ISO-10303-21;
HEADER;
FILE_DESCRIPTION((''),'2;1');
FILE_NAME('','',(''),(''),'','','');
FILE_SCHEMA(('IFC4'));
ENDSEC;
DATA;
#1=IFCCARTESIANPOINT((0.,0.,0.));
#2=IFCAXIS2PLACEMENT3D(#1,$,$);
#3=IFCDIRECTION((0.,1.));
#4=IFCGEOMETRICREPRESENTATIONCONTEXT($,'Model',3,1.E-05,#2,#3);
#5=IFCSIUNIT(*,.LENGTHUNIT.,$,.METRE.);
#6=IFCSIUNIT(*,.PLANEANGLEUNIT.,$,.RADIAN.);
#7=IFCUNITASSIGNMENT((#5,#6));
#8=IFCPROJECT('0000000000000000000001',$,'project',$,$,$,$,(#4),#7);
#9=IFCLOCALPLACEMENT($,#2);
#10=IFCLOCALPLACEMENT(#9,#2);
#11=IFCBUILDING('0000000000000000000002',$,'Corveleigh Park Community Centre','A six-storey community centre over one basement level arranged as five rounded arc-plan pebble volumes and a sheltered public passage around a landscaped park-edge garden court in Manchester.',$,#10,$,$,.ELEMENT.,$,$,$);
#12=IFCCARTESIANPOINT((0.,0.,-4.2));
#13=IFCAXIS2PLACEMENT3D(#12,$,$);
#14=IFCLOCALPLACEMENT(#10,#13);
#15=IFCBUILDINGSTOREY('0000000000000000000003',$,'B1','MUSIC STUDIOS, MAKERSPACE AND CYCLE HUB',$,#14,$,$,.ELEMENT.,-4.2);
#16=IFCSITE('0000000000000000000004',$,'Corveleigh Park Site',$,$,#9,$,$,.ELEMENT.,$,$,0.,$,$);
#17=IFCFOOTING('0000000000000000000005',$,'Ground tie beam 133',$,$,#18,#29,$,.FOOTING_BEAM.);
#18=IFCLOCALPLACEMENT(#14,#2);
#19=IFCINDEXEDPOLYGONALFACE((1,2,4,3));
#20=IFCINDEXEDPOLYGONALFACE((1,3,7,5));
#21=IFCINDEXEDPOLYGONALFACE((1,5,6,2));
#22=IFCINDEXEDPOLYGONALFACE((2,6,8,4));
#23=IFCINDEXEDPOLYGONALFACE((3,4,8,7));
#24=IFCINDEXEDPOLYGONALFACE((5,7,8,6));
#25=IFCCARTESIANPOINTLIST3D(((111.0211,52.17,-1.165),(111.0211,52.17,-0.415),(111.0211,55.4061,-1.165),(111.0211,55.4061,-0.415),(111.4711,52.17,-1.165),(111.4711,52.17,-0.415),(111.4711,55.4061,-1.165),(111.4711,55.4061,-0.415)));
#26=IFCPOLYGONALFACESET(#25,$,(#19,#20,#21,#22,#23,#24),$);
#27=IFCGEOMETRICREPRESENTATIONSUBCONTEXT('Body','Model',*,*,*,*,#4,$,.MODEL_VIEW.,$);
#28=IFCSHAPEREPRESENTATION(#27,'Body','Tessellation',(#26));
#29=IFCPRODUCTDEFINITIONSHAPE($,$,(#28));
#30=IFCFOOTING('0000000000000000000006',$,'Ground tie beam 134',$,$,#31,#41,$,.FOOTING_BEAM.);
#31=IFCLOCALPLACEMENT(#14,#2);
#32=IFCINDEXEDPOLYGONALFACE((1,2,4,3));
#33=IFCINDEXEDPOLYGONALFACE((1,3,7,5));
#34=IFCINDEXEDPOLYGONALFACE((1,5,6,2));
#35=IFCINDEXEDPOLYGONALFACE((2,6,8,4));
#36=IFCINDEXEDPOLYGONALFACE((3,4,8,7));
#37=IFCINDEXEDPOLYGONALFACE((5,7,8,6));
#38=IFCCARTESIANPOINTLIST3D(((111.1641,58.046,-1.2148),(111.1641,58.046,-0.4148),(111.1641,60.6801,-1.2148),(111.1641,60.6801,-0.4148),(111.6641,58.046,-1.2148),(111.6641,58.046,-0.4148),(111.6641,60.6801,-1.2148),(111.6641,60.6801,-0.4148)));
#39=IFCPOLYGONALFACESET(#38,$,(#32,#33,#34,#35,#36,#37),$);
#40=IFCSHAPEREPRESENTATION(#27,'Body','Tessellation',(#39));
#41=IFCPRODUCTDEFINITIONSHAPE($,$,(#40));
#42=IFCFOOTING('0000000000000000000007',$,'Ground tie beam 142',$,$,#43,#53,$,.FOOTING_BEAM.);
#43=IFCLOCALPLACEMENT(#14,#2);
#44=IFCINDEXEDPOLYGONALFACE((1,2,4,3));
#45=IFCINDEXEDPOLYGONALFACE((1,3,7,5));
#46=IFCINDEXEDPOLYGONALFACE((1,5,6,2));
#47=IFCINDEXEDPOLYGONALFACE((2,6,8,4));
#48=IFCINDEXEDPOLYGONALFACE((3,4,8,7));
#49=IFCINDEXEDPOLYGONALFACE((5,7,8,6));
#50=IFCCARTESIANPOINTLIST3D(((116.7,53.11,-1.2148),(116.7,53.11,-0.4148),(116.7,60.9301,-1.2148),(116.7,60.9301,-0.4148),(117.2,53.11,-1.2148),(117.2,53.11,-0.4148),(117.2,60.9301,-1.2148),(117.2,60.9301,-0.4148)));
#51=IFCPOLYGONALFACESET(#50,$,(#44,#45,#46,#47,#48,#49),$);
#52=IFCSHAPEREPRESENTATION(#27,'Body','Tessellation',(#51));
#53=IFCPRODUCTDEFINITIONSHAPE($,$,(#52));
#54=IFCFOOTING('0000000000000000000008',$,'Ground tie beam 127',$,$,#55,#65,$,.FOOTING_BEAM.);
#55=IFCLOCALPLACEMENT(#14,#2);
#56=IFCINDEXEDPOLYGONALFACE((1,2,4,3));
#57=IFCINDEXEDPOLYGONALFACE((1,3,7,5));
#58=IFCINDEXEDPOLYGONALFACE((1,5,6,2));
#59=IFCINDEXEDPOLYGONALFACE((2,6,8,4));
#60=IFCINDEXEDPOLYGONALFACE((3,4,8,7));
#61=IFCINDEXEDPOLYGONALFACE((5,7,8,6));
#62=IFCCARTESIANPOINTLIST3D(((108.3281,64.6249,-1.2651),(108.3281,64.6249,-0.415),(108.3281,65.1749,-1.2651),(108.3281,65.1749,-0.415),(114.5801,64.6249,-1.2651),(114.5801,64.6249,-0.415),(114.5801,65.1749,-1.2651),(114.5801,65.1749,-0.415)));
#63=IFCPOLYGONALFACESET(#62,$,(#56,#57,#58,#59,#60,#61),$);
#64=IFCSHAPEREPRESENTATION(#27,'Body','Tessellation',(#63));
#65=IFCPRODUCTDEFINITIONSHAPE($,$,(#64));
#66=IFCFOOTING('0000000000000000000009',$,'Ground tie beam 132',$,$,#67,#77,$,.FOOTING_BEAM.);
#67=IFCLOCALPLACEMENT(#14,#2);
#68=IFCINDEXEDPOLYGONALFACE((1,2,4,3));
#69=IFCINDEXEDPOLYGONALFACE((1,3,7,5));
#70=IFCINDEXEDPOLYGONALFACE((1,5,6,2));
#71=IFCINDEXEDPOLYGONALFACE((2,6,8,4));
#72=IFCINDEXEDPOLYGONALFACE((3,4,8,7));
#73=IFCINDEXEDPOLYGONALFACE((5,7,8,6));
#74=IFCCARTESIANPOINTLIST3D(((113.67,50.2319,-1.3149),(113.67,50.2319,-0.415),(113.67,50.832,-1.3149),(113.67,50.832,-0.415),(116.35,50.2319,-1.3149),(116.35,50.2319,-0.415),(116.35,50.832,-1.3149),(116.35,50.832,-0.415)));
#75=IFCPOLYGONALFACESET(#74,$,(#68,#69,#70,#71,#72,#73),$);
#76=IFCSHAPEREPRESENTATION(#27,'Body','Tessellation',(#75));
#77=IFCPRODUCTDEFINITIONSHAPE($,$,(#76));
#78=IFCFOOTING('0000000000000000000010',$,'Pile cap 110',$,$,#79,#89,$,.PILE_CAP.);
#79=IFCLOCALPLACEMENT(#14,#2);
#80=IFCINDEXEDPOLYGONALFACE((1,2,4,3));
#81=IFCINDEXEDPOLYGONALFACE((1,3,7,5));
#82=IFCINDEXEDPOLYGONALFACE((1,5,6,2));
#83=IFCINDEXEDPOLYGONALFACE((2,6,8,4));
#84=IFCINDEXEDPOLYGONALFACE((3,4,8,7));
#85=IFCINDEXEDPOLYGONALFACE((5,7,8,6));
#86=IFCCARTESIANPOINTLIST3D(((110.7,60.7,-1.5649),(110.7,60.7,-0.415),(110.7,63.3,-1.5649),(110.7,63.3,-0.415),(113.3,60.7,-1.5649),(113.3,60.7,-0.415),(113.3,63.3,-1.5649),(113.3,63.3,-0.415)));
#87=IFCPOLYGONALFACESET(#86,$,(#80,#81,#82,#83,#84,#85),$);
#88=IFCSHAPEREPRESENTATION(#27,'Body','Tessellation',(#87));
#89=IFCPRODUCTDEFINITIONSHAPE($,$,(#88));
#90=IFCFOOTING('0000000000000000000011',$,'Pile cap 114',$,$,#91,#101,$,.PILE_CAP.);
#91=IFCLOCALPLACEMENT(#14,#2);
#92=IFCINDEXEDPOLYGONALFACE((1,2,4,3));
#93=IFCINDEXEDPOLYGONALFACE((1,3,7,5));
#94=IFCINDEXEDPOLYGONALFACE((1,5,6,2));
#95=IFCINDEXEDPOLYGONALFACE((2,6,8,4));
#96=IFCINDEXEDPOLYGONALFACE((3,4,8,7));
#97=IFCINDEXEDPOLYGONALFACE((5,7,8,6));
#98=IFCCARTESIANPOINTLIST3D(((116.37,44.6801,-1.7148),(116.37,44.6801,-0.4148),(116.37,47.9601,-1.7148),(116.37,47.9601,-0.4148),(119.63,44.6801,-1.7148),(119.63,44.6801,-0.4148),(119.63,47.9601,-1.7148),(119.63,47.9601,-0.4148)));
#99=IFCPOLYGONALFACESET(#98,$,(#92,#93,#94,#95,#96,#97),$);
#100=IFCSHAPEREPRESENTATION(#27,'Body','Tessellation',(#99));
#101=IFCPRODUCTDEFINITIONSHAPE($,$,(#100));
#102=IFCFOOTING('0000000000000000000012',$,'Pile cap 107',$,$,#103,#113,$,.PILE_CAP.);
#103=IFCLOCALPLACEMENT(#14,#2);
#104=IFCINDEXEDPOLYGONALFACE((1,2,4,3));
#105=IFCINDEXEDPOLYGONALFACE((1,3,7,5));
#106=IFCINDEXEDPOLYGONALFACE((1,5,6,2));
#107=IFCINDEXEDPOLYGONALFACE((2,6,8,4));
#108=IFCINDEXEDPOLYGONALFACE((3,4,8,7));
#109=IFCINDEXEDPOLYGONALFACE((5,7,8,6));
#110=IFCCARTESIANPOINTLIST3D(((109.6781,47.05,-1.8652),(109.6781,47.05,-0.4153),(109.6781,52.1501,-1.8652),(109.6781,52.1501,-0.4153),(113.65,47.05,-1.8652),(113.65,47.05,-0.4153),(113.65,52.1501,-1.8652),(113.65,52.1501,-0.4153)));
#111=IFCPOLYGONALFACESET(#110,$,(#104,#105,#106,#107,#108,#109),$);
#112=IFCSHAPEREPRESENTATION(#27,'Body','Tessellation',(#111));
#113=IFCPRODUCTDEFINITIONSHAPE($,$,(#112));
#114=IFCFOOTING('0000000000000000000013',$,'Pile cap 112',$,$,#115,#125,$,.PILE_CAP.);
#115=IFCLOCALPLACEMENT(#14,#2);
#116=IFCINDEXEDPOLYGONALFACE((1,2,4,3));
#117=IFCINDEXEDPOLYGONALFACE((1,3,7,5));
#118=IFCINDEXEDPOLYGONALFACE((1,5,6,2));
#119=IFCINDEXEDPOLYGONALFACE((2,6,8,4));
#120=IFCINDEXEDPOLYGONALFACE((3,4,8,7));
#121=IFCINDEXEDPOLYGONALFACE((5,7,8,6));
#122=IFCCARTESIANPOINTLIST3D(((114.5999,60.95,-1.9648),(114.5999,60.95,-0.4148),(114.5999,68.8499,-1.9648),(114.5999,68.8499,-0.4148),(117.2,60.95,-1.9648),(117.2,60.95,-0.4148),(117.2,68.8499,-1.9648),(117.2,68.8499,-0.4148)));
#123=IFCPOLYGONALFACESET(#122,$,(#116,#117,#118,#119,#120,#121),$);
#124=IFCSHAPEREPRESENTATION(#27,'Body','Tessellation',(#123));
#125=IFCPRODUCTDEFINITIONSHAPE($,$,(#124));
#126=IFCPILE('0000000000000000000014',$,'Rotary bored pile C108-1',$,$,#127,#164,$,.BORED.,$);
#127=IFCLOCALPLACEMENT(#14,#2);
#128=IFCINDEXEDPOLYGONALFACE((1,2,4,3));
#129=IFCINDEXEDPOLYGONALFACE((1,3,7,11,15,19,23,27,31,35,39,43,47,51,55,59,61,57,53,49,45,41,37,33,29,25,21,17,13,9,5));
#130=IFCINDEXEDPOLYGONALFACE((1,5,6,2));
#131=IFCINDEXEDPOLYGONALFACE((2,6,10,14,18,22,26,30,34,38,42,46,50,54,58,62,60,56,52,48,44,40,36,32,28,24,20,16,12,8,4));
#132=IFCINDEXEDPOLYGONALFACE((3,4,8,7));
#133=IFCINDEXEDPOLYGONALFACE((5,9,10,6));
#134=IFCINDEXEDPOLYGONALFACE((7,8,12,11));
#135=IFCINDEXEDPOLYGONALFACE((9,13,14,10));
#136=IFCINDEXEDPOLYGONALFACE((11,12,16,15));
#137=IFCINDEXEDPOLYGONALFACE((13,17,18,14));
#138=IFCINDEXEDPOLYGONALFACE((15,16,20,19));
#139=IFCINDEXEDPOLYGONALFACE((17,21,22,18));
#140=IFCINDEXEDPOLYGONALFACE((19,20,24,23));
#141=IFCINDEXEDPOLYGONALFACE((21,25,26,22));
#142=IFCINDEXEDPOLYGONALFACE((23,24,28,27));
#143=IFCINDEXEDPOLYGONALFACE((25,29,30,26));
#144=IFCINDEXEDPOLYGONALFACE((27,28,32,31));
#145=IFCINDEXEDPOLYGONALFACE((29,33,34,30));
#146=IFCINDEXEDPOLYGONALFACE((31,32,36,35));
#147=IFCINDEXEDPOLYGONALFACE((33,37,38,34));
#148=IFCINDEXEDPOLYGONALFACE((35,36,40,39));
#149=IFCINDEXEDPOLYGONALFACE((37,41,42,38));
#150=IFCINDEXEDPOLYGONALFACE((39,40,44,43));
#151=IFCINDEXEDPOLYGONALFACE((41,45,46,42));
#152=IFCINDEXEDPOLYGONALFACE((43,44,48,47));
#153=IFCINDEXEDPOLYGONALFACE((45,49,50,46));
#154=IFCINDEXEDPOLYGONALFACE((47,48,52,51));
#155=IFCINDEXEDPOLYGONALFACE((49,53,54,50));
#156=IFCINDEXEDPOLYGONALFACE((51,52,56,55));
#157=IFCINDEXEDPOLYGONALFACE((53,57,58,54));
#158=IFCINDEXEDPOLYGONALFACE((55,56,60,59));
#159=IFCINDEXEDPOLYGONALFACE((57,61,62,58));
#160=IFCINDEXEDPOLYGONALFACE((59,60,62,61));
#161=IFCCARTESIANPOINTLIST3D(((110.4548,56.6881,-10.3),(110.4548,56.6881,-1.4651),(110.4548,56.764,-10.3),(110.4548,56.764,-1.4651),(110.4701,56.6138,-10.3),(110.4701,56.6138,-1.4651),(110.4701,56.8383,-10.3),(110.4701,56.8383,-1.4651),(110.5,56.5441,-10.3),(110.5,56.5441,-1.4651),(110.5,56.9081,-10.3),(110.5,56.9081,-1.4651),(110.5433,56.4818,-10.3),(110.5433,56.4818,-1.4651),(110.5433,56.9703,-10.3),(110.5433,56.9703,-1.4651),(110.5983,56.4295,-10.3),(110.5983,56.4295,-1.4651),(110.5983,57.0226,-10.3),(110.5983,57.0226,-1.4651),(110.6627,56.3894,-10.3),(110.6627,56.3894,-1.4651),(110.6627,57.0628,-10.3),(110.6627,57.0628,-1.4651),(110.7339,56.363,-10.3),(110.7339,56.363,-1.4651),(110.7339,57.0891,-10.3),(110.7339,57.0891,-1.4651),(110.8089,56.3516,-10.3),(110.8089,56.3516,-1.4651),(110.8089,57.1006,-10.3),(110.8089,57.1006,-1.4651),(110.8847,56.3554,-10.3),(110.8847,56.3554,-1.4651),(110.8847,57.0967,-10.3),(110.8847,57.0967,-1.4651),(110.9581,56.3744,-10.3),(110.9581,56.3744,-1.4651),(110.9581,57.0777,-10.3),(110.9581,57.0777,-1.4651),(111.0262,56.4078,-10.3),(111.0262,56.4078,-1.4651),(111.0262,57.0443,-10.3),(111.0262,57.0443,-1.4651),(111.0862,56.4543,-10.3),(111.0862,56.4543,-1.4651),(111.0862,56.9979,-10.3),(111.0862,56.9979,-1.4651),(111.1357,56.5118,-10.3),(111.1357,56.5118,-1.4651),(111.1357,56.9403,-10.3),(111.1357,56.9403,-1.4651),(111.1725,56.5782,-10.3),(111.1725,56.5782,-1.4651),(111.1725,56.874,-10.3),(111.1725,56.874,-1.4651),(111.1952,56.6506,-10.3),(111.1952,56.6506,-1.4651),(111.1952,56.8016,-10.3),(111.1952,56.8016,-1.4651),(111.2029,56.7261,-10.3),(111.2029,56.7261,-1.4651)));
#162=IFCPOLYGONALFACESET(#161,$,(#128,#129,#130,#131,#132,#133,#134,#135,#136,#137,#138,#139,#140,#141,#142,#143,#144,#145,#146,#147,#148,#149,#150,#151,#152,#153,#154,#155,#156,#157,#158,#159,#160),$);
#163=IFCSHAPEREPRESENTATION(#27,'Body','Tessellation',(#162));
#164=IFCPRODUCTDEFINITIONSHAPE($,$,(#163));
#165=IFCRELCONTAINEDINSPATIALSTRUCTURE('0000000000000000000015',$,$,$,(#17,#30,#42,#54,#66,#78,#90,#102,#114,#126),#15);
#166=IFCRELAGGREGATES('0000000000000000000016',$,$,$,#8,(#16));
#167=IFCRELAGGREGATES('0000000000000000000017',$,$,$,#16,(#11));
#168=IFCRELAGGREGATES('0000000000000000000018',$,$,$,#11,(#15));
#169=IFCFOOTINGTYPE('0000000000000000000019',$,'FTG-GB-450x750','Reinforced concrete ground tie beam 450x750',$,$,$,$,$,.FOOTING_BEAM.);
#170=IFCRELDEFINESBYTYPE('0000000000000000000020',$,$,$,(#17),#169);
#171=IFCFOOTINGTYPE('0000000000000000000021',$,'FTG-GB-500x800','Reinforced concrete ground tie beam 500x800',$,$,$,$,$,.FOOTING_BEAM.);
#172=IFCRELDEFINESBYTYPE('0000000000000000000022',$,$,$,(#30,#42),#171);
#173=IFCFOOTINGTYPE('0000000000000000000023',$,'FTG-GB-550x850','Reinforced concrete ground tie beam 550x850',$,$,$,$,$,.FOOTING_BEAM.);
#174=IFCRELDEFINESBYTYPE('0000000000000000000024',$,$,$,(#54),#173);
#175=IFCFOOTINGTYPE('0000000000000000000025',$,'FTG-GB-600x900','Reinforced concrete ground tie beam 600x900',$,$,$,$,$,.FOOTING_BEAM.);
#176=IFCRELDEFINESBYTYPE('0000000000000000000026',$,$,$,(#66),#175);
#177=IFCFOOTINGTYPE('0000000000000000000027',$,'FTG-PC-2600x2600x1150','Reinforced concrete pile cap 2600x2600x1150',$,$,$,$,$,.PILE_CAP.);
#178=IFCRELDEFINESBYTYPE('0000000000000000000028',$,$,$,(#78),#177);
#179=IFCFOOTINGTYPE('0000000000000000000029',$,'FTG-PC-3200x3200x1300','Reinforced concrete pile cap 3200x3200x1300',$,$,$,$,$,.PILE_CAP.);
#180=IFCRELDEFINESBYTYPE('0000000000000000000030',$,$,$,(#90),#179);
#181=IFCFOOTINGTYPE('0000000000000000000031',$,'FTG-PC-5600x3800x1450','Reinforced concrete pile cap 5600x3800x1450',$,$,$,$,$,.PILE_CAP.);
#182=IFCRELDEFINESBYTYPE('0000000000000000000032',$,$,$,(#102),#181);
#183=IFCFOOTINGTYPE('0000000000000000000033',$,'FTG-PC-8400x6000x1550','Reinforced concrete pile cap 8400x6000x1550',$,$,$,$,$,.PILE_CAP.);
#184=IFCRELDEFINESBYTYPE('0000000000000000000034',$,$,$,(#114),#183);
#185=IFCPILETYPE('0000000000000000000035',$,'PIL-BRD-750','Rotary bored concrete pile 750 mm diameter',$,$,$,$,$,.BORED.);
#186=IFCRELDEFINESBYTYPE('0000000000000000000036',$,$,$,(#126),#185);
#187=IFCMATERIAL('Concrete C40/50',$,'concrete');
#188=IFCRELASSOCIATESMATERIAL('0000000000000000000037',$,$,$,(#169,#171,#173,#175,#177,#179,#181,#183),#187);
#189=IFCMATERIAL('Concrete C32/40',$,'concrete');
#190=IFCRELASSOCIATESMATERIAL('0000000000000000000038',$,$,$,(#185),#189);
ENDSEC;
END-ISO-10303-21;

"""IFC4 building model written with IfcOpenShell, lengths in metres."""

from ifc_helpers import new_model, si_unit, direction, frame, origin, origin_2d, place, context, subcontext, project, spatial, rectangle, circle, extrude, material, material_profile, profile_set, type_object, element, save


model = new_model("IFC4")

# Units and contexts
model_context = context("Model", 3, precision=1e-05, world=origin(), true_north=direction((0.0, 1.0)))
body_context = subcontext(model_context, "Body", "Model", "MODEL_VIEW")
ifc_project = project(units=[si_unit("LENGTHUNIT", "METRE"), si_unit("PLANEANGLEUNIT", "RADIAN")], contexts=[model_context])

# Site, building, storey
site_placement = place(None, origin())
site = spatial("IfcSite", under=ifc_project, at=site_placement, Name="Corveleigh Park Site", CompositionType="ELEMENT", RefElevation=0.0)
building_placement = place(site_placement, origin())
building = spatial("IfcBuilding", under=site, at=building_placement, Name="Corveleigh Park Community Centre", Description="A six-storey community centre over one basement level arranged as five rounded arc-plan pebble volumes and a sheltered public passage around a landscaped park-edge garden court in Manchester.", CompositionType="ELEMENT")
storey_placement = place(building_placement, frame((0.0, 0.0, -4.2)))
storey = spatial("IfcBuildingStorey", under=building, at=storey_placement, Name="B1", Description="MUSIC STUDIOS, MAKERSPACE AND CYCLE HUB", CompositionType="ELEMENT", Elevation=-4.2)

# Footings
ifc_material_1 = material(Name="Concrete C40/50", Category="concrete")
footing_type_1 = type_object("IfcFootingType", Name="FTG-GB-450x750", Description="Reinforced concrete ground tie beam 450x750", PredefinedType="FOOTING_BEAM", material=ifc_material_1)
footing_1_placement = place(storey_placement, frame((111.2461, 53.7881, -1.165), z_axis=(0.0, 0.0, 1.0), x_axis=(1.0, 0.0, 0.0)))
element("IfcFooting", 1, at=footing_1_placement, inside=storey, type_object=footing_type_1, Name="Ground tie beam 133", PredefinedType="FOOTING_BEAM", context=body_context, shape_type="SweptSolid", body=[
    extrude(rectangle(XDim=0.45, YDim=3.2361, at=origin_2d()), origin(), (0.0, 0.0, 1.0), 0.75),
])
footing_type_2 = type_object("IfcFootingType", Name="FTG-GB-500x800", Description="Reinforced concrete ground tie beam 500x800", PredefinedType="FOOTING_BEAM", material=ifc_material_1)
footing_2_placement = place(storey_placement, frame((111.4141, 59.363, -1.2148), z_axis=(0.0, 0.0, 1.0), x_axis=(1.0, 0.0, 0.0)))
element("IfcFooting", 2, at=footing_2_placement, inside=storey, type_object=footing_type_2, Name="Ground tie beam 134", PredefinedType="FOOTING_BEAM", context=body_context, shape_type="SweptSolid", body=[
    extrude(rectangle(XDim=0.5, YDim=2.634, at=origin_2d()), origin(), (0.0, 0.0, 1.0), 0.8),
])
footing_3_placement = place(storey_placement, frame((116.95, 57.02, -1.2148), z_axis=(0.0, 0.0, 1.0), x_axis=(1.0, 0.0, 0.0)))
element("IfcFooting", 3, at=footing_3_placement, inside=storey, type_object=footing_type_2, Name="Ground tie beam 142", PredefinedType="FOOTING_BEAM", context=body_context, shape_type="SweptSolid", body=[
    extrude(rectangle(XDim=0.5, YDim=7.8201, at=origin_2d()), origin(), (0.0, 0.0, 1.0), 0.8),
])
footing_type_3 = type_object("IfcFootingType", Name="FTG-GB-550x850", Description="Reinforced concrete ground tie beam 550x850", PredefinedType="FOOTING_BEAM", material=ifc_material_1)
footing_4_placement = place(storey_placement, frame((111.4541, 64.8999, -1.2651), z_axis=(0.0, 0.0, 1.0), x_axis=(1.0, 0.0, 0.0)))
element("IfcFooting", 4, at=footing_4_placement, inside=storey, type_object=footing_type_3, Name="Ground tie beam 127", PredefinedType="FOOTING_BEAM", context=body_context, shape_type="SweptSolid", body=[
    extrude(rectangle(XDim=6.252, YDim=0.55, at=origin_2d()), origin(), (0.0, 0.0, 1.0), 0.8501),
])
footing_type_4 = type_object("IfcFootingType", Name="FTG-GB-600x900", Description="Reinforced concrete ground tie beam 600x900", PredefinedType="FOOTING_BEAM", material=ifc_material_1)
footing_5_placement = place(storey_placement, frame((115.01, 50.532, -1.3149), z_axis=(0.0, 0.0, 1.0), x_axis=(1.0, 0.0, 0.0)))
element("IfcFooting", 5, at=footing_5_placement, inside=storey, type_object=footing_type_4, Name="Ground tie beam 132", PredefinedType="FOOTING_BEAM", context=body_context, shape_type="SweptSolid", body=[
    extrude(rectangle(XDim=2.6799, YDim=0.6001, at=origin_2d()), origin(), (0.0, 0.0, 1.0), 0.8999),
])
footing_type_5 = type_object("IfcFootingType", Name="FTG-PC-2600x2600x1150", Description="Reinforced concrete pile cap 2600x2600x1150", PredefinedType="PILE_CAP", material=ifc_material_1)
footing_6_placement = place(storey_placement, frame((112.0, 62.0, -1.5649), z_axis=(0.0, 0.0, 1.0), x_axis=(1.0, 0.0, 0.0)))
element("IfcFooting", 6, at=footing_6_placement, inside=storey, type_object=footing_type_5, Name="Pile cap 110", PredefinedType="PILE_CAP", context=body_context, shape_type="SweptSolid", body=[
    extrude(rectangle(XDim=2.6001, YDim=2.6001, at=origin_2d()), origin(), (0.0, 0.0, 1.0), 1.1499),
])
footing_type_6 = type_object("IfcFootingType", Name="FTG-PC-3200x3200x1300", Description="Reinforced concrete pile cap 3200x3200x1300", PredefinedType="PILE_CAP", material=ifc_material_1)
footing_7_placement = place(storey_placement, frame((118.0, 46.3201, -1.7148), z_axis=(0.0, 0.0, 1.0), x_axis=(1.0, 0.0, 0.0)))
element("IfcFooting", 7, at=footing_7_placement, inside=storey, type_object=footing_type_6, Name="Pile cap 114", PredefinedType="PILE_CAP", context=body_context, shape_type="SweptSolid", body=[
    extrude(rectangle(XDim=3.26, YDim=3.28, at=origin_2d()), origin(), (0.0, 0.0, 1.0), 1.3),
])
footing_type_7 = type_object("IfcFootingType", Name="FTG-PC-5600x3800x1450", Description="Reinforced concrete pile cap 5600x3800x1450", PredefinedType="PILE_CAP", material=ifc_material_1)
footing_8_placement = place(storey_placement, frame((111.6641, 49.6001, -1.8652), z_axis=(0.0, 0.0, 1.0), x_axis=(1.0, 0.0, 0.0)))
element("IfcFooting", 8, at=footing_8_placement, inside=storey, type_object=footing_type_7, Name="Pile cap 107", PredefinedType="PILE_CAP", context=body_context, shape_type="SweptSolid", body=[
    extrude(rectangle(XDim=3.9719, YDim=5.1001, at=origin_2d()), origin(), (0.0, 0.0, 1.0), 1.45),
])
footing_type_8 = type_object("IfcFootingType", Name="FTG-PC-8400x6000x1550", Description="Reinforced concrete pile cap 8400x6000x1550", PredefinedType="PILE_CAP", material=ifc_material_1)
footing_9_placement = place(storey_placement, frame((115.8999, 64.8999, -1.9648), z_axis=(0.0, 0.0, 1.0), x_axis=(1.0, 0.0, 0.0)))
element("IfcFooting", 9, at=footing_9_placement, inside=storey, type_object=footing_type_8, Name="Pile cap 112", PredefinedType="PILE_CAP", context=body_context, shape_type="SweptSolid", body=[
    extrude(rectangle(XDim=2.6001, YDim=7.8999, at=origin_2d()), origin(), (0.0, 0.0, 1.0), 1.55),
])

# Pile
ifc_material_2 = material(Name="Concrete C32/40", Category="concrete")
ifc_material_profile_1 = material_profile(ifc_material_2, circle(Radius=0.375, at=origin_2d()), Name="BORED-PILE-750", Category="concrete")
ifc_profile_set_1 = profile_set([ifc_material_profile_1], Name="Concrete C32/40")
pile_type_1 = type_object("IfcPileType", Name="PIL-BRD-750", Description="Rotary bored concrete pile 750 mm diameter", PredefinedType="BORED", material=ifc_profile_set_1)
for number, where, z_axis, x_axis, name in (
    (10, (110.8279, 56.7261, -1.4651), (0.0, 0.0, -1.0), (1.0, 0.0, 0.0), "Rotary bored pile C108-1"),
):
    element("IfcPile", number, at=place(storey_placement, frame(where, z_axis=z_axis, x_axis=x_axis)), inside=storey, type_object=pile_type_1, Name=name, PredefinedType="BORED", context=body_context, shape_type="SweptSolid", body=[
        extrude(circle(Radius=0.375, at=origin_2d()), origin(), (0.0, 0.0, 1.0), 8.835),
    ])

save(model, "model.ifc")
